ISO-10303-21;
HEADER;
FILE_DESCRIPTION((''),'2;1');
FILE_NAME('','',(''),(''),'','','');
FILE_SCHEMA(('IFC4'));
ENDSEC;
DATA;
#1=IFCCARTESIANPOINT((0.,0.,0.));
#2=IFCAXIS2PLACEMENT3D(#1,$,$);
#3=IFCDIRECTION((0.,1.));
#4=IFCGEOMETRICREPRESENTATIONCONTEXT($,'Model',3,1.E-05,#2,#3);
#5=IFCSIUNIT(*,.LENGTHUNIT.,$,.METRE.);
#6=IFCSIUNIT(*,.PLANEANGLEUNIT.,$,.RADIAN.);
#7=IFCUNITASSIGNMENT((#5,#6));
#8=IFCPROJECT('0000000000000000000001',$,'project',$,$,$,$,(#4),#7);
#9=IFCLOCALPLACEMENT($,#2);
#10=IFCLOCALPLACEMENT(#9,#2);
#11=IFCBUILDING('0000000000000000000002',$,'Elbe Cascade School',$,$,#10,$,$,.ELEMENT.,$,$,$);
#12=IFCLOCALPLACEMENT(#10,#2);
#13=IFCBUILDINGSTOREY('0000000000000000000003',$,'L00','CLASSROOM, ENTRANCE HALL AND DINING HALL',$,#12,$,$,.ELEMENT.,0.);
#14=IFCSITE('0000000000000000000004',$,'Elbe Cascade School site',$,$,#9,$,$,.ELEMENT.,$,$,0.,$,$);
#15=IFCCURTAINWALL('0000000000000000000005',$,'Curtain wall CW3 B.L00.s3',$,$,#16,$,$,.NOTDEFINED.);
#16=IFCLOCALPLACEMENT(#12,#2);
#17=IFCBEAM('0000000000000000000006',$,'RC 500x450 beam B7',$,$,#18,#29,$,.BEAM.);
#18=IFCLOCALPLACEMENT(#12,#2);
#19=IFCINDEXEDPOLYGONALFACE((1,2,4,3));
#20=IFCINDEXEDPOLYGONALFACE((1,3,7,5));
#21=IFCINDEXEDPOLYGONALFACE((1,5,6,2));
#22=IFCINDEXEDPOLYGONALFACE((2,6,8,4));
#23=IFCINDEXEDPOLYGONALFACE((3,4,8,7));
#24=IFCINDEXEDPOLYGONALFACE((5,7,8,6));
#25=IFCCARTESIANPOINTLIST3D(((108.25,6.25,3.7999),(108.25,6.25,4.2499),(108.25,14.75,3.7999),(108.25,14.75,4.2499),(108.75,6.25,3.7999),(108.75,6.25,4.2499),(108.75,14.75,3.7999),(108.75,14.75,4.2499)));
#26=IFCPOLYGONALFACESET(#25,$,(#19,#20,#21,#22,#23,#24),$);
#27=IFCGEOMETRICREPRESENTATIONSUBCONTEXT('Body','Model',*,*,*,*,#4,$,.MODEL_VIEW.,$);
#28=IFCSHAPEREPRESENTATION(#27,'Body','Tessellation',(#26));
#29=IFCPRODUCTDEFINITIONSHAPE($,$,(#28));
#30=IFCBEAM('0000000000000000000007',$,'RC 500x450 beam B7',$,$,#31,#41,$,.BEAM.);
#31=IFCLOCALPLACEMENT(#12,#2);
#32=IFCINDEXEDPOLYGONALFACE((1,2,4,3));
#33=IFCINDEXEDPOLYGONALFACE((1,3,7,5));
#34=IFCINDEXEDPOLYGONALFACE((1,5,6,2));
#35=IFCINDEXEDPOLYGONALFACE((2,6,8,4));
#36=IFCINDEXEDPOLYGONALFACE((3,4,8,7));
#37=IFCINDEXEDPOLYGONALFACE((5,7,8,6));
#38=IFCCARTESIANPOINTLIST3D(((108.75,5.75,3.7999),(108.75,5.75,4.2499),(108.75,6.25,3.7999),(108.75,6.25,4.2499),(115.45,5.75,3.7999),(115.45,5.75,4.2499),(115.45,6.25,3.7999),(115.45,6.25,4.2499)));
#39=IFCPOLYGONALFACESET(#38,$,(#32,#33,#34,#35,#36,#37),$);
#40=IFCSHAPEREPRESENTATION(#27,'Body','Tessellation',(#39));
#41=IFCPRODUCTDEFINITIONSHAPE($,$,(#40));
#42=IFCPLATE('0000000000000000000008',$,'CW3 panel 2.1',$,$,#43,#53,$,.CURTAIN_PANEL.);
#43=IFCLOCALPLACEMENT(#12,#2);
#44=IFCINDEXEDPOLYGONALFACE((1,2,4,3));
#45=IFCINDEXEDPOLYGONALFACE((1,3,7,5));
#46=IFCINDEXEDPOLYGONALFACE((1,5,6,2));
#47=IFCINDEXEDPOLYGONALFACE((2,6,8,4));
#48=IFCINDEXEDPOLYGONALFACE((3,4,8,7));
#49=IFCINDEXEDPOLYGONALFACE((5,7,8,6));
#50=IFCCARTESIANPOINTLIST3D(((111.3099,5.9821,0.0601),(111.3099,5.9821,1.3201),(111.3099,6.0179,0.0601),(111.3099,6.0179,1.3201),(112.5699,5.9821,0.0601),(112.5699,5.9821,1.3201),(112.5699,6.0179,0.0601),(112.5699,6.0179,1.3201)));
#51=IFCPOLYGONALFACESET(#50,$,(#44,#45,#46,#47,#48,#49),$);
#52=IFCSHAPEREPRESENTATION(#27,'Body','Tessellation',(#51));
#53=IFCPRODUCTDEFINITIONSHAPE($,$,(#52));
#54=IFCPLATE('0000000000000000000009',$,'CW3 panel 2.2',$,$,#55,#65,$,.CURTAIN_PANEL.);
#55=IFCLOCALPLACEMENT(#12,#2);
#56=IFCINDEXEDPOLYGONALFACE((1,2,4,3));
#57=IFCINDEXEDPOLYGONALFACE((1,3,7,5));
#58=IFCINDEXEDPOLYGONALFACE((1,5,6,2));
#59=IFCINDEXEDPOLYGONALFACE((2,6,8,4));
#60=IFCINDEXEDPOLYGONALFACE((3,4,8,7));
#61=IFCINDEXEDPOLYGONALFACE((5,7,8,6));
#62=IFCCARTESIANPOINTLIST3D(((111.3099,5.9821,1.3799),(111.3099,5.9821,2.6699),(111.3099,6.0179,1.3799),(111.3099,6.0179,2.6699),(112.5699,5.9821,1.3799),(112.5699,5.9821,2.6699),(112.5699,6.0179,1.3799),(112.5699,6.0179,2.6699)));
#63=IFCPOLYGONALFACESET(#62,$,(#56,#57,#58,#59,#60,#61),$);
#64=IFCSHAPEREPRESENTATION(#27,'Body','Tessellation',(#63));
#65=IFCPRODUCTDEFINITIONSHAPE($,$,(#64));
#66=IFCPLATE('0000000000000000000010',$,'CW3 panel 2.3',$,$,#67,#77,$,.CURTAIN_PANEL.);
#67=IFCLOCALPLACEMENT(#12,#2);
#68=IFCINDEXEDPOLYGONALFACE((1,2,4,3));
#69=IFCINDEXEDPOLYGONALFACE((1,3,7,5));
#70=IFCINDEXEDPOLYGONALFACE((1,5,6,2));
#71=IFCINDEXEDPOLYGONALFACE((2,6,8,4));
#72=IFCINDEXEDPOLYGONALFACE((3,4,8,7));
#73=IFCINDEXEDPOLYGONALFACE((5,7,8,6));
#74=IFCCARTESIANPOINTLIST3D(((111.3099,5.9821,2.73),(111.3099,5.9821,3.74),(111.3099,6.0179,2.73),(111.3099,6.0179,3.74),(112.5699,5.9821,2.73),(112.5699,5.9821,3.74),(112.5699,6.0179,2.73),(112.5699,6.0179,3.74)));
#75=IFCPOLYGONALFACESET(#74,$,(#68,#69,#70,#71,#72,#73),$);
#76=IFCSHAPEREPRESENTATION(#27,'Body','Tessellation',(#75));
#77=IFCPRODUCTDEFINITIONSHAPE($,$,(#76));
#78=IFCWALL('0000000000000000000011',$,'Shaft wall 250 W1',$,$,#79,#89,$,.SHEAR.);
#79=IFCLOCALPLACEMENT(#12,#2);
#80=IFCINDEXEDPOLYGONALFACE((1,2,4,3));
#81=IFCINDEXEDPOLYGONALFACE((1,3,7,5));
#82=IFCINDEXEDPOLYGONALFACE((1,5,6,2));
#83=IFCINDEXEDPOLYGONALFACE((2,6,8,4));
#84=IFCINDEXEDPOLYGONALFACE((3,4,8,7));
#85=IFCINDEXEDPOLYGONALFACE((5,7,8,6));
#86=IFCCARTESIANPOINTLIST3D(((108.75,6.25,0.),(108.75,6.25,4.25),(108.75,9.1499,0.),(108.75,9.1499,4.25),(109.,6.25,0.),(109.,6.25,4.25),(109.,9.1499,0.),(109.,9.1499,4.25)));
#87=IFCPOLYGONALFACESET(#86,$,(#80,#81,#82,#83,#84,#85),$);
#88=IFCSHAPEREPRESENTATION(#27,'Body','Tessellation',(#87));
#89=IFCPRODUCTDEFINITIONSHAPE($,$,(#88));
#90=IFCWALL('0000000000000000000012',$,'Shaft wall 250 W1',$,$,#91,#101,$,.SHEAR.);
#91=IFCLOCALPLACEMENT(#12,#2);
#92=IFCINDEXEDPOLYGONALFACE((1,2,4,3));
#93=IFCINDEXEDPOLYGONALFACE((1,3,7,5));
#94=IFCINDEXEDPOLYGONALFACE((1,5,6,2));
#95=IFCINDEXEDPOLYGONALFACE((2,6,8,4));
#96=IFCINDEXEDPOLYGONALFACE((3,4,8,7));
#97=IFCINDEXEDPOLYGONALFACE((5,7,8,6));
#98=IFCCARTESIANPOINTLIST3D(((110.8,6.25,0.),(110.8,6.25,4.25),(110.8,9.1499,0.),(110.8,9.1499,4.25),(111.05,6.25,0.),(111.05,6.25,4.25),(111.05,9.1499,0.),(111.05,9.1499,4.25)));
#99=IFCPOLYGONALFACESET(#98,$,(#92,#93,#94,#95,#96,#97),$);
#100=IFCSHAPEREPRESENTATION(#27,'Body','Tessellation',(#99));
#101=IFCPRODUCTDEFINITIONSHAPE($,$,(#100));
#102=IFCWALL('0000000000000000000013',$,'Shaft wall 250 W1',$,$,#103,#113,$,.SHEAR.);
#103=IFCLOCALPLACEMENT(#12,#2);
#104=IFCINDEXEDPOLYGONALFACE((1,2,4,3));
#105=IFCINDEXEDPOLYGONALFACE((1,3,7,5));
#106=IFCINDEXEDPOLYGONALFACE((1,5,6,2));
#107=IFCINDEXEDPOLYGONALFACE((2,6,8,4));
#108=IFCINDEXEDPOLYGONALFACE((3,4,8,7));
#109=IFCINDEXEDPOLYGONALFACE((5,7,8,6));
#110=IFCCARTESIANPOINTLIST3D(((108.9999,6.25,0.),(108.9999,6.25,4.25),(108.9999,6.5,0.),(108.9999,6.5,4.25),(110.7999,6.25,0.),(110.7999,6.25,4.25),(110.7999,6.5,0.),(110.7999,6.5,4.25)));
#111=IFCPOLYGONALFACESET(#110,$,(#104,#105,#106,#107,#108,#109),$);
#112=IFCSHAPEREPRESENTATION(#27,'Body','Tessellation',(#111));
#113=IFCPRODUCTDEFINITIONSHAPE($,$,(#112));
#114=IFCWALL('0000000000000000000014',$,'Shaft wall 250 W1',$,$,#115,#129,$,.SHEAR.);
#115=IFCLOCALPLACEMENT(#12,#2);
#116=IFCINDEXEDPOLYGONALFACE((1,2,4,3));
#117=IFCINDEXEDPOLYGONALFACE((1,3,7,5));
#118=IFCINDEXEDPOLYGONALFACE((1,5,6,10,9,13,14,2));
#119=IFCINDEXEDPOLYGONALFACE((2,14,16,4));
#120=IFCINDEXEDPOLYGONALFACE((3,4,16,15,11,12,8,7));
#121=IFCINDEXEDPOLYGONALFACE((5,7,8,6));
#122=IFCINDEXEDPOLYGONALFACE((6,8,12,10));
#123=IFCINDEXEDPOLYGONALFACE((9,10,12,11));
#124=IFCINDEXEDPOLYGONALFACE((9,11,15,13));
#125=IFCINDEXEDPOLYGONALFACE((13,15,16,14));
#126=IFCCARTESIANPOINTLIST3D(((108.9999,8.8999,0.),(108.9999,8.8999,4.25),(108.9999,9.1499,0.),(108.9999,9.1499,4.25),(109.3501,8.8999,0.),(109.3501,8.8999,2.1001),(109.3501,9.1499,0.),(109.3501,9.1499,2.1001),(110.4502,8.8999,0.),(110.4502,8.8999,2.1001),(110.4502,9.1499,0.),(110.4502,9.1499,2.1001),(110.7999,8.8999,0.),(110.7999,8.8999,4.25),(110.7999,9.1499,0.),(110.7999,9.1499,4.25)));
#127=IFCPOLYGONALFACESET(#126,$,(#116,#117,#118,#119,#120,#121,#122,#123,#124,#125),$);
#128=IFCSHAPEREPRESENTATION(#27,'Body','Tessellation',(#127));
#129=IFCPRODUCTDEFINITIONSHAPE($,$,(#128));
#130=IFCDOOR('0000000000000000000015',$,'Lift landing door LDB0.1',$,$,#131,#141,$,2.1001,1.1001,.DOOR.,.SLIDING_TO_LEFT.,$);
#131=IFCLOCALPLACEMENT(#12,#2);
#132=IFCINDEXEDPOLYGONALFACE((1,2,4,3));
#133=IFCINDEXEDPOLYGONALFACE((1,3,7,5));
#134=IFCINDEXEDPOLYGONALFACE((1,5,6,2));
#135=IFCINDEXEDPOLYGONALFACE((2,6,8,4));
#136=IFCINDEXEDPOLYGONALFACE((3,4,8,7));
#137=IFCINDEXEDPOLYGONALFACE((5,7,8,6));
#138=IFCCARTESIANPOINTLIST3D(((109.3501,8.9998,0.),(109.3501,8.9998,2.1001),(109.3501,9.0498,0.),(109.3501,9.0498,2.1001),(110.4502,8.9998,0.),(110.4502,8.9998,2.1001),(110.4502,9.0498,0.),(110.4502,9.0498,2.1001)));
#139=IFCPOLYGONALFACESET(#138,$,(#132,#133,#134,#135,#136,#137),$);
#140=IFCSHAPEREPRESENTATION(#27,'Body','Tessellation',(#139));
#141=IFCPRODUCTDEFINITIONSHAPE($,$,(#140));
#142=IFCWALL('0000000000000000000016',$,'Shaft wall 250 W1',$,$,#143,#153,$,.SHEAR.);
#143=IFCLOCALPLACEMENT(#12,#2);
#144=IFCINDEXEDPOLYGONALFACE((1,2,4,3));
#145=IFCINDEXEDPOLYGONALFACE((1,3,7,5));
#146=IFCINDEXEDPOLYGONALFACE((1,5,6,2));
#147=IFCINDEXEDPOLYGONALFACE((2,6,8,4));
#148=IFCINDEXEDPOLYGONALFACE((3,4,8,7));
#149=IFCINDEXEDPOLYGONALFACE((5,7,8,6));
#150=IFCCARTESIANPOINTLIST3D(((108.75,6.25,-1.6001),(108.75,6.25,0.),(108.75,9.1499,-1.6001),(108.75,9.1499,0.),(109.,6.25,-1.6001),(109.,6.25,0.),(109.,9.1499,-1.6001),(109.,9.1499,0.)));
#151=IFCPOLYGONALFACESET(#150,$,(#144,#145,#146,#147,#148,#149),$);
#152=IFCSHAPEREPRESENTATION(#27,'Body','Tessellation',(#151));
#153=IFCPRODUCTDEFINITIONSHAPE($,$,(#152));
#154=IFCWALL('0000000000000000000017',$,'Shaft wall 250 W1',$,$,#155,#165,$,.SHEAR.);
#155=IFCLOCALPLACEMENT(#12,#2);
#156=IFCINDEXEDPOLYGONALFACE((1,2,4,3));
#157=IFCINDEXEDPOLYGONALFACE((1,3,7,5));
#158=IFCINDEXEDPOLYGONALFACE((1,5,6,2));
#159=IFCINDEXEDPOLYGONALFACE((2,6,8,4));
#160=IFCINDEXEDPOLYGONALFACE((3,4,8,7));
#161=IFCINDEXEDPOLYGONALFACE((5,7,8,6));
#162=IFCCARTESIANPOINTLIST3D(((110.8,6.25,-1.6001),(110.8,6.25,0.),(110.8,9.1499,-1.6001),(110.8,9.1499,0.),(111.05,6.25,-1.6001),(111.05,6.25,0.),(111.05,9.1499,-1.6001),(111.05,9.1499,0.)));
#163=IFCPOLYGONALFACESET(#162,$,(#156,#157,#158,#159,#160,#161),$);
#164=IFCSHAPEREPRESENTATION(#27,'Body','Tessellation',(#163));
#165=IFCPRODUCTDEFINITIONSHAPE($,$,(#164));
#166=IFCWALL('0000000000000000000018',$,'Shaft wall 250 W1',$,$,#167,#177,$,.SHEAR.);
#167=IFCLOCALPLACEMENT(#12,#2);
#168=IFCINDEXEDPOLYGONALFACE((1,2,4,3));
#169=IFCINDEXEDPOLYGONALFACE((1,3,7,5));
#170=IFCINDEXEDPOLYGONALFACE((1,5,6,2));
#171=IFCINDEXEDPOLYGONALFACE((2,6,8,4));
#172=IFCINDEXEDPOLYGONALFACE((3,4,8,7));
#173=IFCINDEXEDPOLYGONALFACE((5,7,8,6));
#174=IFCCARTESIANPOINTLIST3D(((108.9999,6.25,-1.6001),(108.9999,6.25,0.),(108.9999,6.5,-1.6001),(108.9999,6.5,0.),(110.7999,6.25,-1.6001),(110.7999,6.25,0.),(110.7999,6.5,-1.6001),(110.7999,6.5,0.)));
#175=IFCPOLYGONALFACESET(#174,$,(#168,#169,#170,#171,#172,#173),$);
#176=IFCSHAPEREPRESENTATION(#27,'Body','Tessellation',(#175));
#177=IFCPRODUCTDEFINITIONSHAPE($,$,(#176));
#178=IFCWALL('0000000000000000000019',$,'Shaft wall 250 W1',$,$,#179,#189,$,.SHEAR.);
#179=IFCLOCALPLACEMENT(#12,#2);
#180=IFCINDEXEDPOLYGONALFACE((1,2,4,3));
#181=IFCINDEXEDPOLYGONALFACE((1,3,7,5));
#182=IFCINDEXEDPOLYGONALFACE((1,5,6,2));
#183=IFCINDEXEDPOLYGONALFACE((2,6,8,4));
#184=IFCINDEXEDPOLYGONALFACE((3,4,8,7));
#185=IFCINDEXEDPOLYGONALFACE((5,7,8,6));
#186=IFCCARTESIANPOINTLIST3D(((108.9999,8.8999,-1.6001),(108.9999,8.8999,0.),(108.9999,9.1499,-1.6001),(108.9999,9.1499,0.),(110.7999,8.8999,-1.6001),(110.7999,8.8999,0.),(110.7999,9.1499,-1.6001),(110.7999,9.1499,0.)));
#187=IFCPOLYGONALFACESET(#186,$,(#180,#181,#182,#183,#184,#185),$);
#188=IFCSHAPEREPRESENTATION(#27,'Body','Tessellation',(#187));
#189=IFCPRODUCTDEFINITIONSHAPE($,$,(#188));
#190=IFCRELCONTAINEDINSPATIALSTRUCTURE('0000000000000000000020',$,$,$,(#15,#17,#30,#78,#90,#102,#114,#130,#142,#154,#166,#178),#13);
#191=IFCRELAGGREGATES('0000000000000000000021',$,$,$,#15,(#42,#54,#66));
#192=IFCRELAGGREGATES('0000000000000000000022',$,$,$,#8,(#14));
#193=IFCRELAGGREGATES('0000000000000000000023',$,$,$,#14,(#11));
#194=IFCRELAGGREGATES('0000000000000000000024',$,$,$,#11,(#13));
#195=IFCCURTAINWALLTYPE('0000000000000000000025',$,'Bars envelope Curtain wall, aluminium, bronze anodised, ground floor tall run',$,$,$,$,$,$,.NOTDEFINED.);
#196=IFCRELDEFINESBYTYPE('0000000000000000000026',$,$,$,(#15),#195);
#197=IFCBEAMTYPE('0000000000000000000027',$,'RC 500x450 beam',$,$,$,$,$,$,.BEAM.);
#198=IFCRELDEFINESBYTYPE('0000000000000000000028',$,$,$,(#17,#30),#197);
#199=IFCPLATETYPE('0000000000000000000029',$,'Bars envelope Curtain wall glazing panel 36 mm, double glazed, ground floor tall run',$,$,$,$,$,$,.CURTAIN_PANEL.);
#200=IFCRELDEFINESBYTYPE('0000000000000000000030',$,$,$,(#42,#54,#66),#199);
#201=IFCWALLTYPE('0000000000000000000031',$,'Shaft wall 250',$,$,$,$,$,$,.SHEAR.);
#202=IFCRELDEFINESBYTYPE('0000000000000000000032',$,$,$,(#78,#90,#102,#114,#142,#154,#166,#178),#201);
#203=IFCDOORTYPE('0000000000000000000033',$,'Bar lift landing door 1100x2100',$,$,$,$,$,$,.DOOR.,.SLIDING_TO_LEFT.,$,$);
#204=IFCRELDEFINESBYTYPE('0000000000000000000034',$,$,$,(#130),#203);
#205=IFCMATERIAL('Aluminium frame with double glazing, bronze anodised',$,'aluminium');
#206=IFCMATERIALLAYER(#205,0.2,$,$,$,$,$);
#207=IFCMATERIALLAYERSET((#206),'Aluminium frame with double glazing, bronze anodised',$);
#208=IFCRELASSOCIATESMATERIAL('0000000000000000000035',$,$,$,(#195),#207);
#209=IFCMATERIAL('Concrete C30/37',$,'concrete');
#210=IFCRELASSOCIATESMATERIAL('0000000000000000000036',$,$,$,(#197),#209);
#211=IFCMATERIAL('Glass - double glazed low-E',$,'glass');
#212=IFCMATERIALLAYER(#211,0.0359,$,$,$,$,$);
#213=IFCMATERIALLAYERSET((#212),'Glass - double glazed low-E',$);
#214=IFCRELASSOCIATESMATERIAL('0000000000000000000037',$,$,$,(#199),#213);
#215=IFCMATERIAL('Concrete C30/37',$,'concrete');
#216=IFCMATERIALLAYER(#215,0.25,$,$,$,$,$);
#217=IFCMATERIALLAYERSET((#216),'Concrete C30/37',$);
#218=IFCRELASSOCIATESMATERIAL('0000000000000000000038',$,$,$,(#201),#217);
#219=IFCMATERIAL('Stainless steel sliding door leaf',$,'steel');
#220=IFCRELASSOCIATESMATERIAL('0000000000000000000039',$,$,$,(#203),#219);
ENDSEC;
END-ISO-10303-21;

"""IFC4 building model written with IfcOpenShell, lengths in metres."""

from ifc_helpers import new_model, si_unit, direction, frame, frame_2d, origin, origin_2d, place, context, subcontext, project, spatial, rectangle, extrude, material, layer, layer_set, material_profile, profile_set, type_object, element, fill, aggregate, save


model = new_model("IFC4")

# Units and contexts
model_context = context("Model", 3, precision=1e-05, world=origin(), true_north=direction((0.0, 1.0)))
body_context = subcontext(model_context, "Body", "Model", "MODEL_VIEW")
ifc_project = project(units=[si_unit("LENGTHUNIT", "METRE"), si_unit("PLANEANGLEUNIT", "RADIAN")], contexts=[model_context])

# Site, building, storey
site_placement = place(None, origin())
site = spatial("IfcSite", under=ifc_project, at=site_placement, Name="Elbe Cascade School site", CompositionType="ELEMENT", RefElevation=0.0)
building_placement = place(site_placement, origin())
building = spatial("IfcBuilding", under=site, at=building_placement, Name="Elbe Cascade School", CompositionType="ELEMENT")
storey_placement = place(building_placement, origin())
storey = spatial("IfcBuildingStorey", under=building, at=storey_placement, Name="L00", Description="CLASSROOM, ENTRANCE HALL AND DINING HALL", CompositionType="ELEMENT", Elevation=0.0)

# Curtain wall
ifc_material_1 = material(Name="Aluminium frame with double glazing, bronze anodised", Category="aluminium")
ifc_layer_1 = layer(ifc_material_1, 0.2)
ifc_layer_set_1 = layer_set([ifc_layer_1], Name="Aluminium frame with double glazing, bronze anodised")
curtain_wall_type = type_object("IfcCurtainWallType", Name="Bars envelope Curtain wall, aluminium, bronze anodised, ground floor tall run", PredefinedType="NOTDEFINED", material=ifc_layer_set_1)
curtain_wall_placement = place(storey_placement, origin())
curtain_wall = element("IfcCurtainWall", 1, at=curtain_wall_placement, inside=storey, type_object=curtain_wall_type, Name="Curtain wall CW3 B.L00.s3", PredefinedType="NOTDEFINED")

# Beams
ifc_material_2 = material(Name="Concrete C30/37", Category="concrete")
ifc_material_profile_1 = material_profile(ifc_material_2, rectangle(XDim=0.5, YDim=0.45, at=origin_2d()), Name="RC 500x450")
ifc_profile_set_1 = profile_set([ifc_material_profile_1], Name="Concrete C30/37")
beam_type_1 = type_object("IfcBeamType", Name="RC 500x450 beam", PredefinedType="BEAM", material=ifc_profile_set_1)
beam_1_placement = place(storey_placement, frame((108.5, 6.25, 4.0249), z_axis=(0.0, 1.0, 0.0), x_axis=(-1.0, 0.0, 0.0)))
element("IfcBeam", 2, at=beam_1_placement, inside=storey, type_object=beam_type_1, Name="RC 500x450 beam B7", PredefinedType="BEAM", context=body_context, shape_type="SweptSolid", body=[
    extrude(rectangle(XDim=0.5, YDim=0.45, at=origin_2d()), origin(), (0.0, 0.0, 1.0), 8.5),
])
beam_2_placement = place(storey_placement, frame((108.75, 6.0, 4.0249), z_axis=(1.0, 0.0, 0.0), x_axis=(0.0, 1.0, 0.0)))
element("IfcBeam", 3, at=beam_2_placement, inside=storey, type_object=beam_type_1, Name="RC 500x450 beam B7", PredefinedType="BEAM", context=body_context, shape_type="SweptSolid", body=[
    extrude(rectangle(XDim=0.5, YDim=0.45, at=origin_2d()), origin(), (0.0, 0.0, 1.0), 6.7),
])

# Plates
ifc_material_3 = material(Name="Glass - double glazed low-E", Category="glass")
ifc_layer_2 = layer(ifc_material_3, 0.0359)
ifc_layer_set_2 = layer_set([ifc_layer_2], Name="Glass - double glazed low-E")
plate_type = type_object("IfcPlateType", Name="Bars envelope Curtain wall glazing panel 36 mm, double glazed, ground floor tall run", PredefinedType="CURTAIN_PANEL", material=ifc_layer_set_2)
plate_1_placement = place(storey_placement, frame((111.9399, 6.0, 0.0601), z_axis=(0.0, 0.0, 1.0), x_axis=(-1.0, 0.0, 0.0)))
plate_1 = element("IfcPlate", 4, at=plate_1_placement, type_object=plate_type, Name="CW3 panel 2.1", PredefinedType="CURTAIN_PANEL", context=body_context, shape_type="SweptSolid", body=[
    extrude(rectangle(XDim=1.26, YDim=0.0359, at=origin_2d()), origin(), (0.0, 0.0, 1.0), 1.26),
])
plate_2_placement = place(storey_placement, frame((111.9399, 6.0, 1.3799), z_axis=(0.0, 0.0, 1.0), x_axis=(-1.0, 0.0, 0.0)))
plate_2 = element("IfcPlate", 5, at=plate_2_placement, type_object=plate_type, Name="CW3 panel 2.2", PredefinedType="CURTAIN_PANEL", context=body_context, shape_type="SweptSolid", body=[
    extrude(rectangle(XDim=1.26, YDim=0.0359, at=origin_2d()), origin(), (0.0, 0.0, 1.0), 1.29),
])
plate_3_placement = place(storey_placement, frame((111.9399, 6.0, 2.73), z_axis=(0.0, 0.0, 1.0), x_axis=(-1.0, 0.0, 0.0)))
plate_3 = element("IfcPlate", 6, at=plate_3_placement, type_object=plate_type, Name="CW3 panel 2.3", PredefinedType="CURTAIN_PANEL", context=body_context, shape_type="SweptSolid", body=[
    extrude(rectangle(XDim=1.26, YDim=0.0359, at=origin_2d()), origin(), (0.0, 0.0, 1.0), 1.01),
])
aggregate(curtain_wall, [plate_1, plate_2, plate_3])

# Walls
ifc_material_4 = material(Name="Concrete C30/37", Category="concrete")
ifc_layer_3 = layer(ifc_material_4, 0.25)
ifc_layer_set_3 = layer_set([ifc_layer_3], Name="Concrete C30/37")
wall_type_1 = type_object("IfcWallType", Name="Shaft wall 250", PredefinedType="SHEAR", material=ifc_layer_set_3)
for number, where, z_axis, x_axis, name in (
    (7, (108.875, 6.25, 0.0), (0.0, 0.0, 1.0), (0.0, 1.0, 0.0), "Shaft wall 250 W1"),
    (8, (110.925, 6.25, 0.0), (0.0, 0.0, 1.0), (0.0, 1.0, 0.0), "Shaft wall 250 W1"),
):
    element("IfcWall", number, at=place(storey_placement, frame(where, z_axis=z_axis, x_axis=x_axis)), inside=storey, type_object=wall_type_1, Name=name, PredefinedType="SHEAR", context=body_context, shape_type="SweptSolid", body=[
        extrude(rectangle(XDim=2.8999, YDim=0.25, at=frame_2d((1.45, 0.0))), origin(), (0.0, 0.0, 1.0), 4.25),
    ])
wall_1_placement = place(storey_placement, frame((109.0, 6.375, 0.0), z_axis=(0.0, 0.0, 1.0), x_axis=(1.0, 0.0, 0.0)))
element("IfcWall", 9, at=wall_1_placement, inside=storey, type_object=wall_type_1, Name="Shaft wall 250 W1", PredefinedType="SHEAR", context=body_context, shape_type="SweptSolid", body=[
    extrude(rectangle(XDim=1.8, YDim=0.25, at=frame_2d((0.8999, 0.0))), origin(), (0.0, 0.0, 1.0), 4.25),
])

# Wall, opening, door
wall_2_placement = place(storey_placement, frame((109.0, 9.0249, 0.0), z_axis=(0.0, 0.0, 1.0), x_axis=(1.0, 0.0, 0.0)))
wall_2 = element("IfcWall", 10, at=wall_2_placement, inside=storey, type_object=wall_type_1, Name="Shaft wall 250 W1", PredefinedType="SHEAR", context=body_context, shape_type="SweptSolid", body=[
    extrude(rectangle(XDim=1.8, YDim=0.25, at=frame_2d((0.8999, 0.0))), origin(), (0.0, 0.0, 1.0), 4.25),
])
opening_1_placement = place(wall_2_placement, frame((0.3501, 0.0, 0.0)))
opening_1 = element("IfcOpeningElement", 11, at=opening_1_placement, cuts=wall_2, PredefinedType="OPENING", context=body_context, shape_type="SweptSolid", body=[
    extrude(rectangle(XDim=1.1001, YDim=2.1001, at=frame_2d((0.55, 1.05))), frame((0.0, 0.135, 0.0), z_axis=(0.0, -1.0, 0.0), x_axis=(1.0, 0.0, 0.0)), (0.0, 0.0, 1.0), 0.27),
])
ifc_material_5 = material(Name="Stainless steel sliding door leaf", Category="steel")
door_type_1 = type_object("IfcDoorType", Name="Bar lift landing door 1100x2100", OperationType="SLIDING_TO_LEFT", PredefinedType="DOOR", material=ifc_material_5)
door_1_placement = place(opening_1_placement, origin())
door_1 = element("IfcDoor", 12, at=door_1_placement, inside=storey, type_object=door_type_1, Name="Lift landing door LDB0.1", OperationType="SLIDING_TO_LEFT", OverallHeight=2.1001, OverallWidth=1.1001, PredefinedType="DOOR", context=body_context, shape_type="SweptSolid", body=[
    extrude(rectangle(XDim=1.1001, YDim=2.1001, at=frame_2d((0.55, 1.05))), frame((0.0, 0.0249, 0.0), z_axis=(0.0, -1.0, 0.0), x_axis=(1.0, 0.0, 0.0)), (0.0, 0.0, 1.0), 0.05),
])
fill(opening_1, door_1)

# Walls
for number, where, z_axis, x_axis, name in (
    (13, (108.875, 6.25, -1.6001), (0.0, 0.0, 1.0), (0.0, 1.0, 0.0), "Shaft wall 250 W1"),
    (14, (110.925, 6.25, -1.6001), (0.0, 0.0, 1.0), (0.0, 1.0, 0.0), "Shaft wall 250 W1"),
):
    element("IfcWall", number, at=place(storey_placement, frame(where, z_axis=z_axis, x_axis=x_axis)), inside=storey, type_object=wall_type_1, Name=name, PredefinedType="SHEAR", context=body_context, shape_type="SweptSolid", body=[
        extrude(rectangle(XDim=2.8999, YDim=0.25, at=frame_2d((1.45, 0.0))), origin(), (0.0, 0.0, 1.0), 1.6001),
    ])
for number, where, z_axis, x_axis, name in (
    (15, (109.0, 6.375, -1.6001), (0.0, 0.0, 1.0), (1.0, 0.0, 0.0), "Shaft wall 250 W1"),
    (16, (109.0, 9.0249, -1.6001), (0.0, 0.0, 1.0), (1.0, 0.0, 0.0), "Shaft wall 250 W1"),
):
    element("IfcWall", number, at=place(storey_placement, frame(where, z_axis=z_axis, x_axis=x_axis)), inside=storey, type_object=wall_type_1, Name=name, PredefinedType="SHEAR", context=body_context, shape_type="SweptSolid", body=[
        extrude(rectangle(XDim=1.8, YDim=0.25, at=frame_2d((0.8999, 0.0))), origin(), (0.0, 0.0, 1.0), 1.6001),
    ])

save(model, "model.ifc")
